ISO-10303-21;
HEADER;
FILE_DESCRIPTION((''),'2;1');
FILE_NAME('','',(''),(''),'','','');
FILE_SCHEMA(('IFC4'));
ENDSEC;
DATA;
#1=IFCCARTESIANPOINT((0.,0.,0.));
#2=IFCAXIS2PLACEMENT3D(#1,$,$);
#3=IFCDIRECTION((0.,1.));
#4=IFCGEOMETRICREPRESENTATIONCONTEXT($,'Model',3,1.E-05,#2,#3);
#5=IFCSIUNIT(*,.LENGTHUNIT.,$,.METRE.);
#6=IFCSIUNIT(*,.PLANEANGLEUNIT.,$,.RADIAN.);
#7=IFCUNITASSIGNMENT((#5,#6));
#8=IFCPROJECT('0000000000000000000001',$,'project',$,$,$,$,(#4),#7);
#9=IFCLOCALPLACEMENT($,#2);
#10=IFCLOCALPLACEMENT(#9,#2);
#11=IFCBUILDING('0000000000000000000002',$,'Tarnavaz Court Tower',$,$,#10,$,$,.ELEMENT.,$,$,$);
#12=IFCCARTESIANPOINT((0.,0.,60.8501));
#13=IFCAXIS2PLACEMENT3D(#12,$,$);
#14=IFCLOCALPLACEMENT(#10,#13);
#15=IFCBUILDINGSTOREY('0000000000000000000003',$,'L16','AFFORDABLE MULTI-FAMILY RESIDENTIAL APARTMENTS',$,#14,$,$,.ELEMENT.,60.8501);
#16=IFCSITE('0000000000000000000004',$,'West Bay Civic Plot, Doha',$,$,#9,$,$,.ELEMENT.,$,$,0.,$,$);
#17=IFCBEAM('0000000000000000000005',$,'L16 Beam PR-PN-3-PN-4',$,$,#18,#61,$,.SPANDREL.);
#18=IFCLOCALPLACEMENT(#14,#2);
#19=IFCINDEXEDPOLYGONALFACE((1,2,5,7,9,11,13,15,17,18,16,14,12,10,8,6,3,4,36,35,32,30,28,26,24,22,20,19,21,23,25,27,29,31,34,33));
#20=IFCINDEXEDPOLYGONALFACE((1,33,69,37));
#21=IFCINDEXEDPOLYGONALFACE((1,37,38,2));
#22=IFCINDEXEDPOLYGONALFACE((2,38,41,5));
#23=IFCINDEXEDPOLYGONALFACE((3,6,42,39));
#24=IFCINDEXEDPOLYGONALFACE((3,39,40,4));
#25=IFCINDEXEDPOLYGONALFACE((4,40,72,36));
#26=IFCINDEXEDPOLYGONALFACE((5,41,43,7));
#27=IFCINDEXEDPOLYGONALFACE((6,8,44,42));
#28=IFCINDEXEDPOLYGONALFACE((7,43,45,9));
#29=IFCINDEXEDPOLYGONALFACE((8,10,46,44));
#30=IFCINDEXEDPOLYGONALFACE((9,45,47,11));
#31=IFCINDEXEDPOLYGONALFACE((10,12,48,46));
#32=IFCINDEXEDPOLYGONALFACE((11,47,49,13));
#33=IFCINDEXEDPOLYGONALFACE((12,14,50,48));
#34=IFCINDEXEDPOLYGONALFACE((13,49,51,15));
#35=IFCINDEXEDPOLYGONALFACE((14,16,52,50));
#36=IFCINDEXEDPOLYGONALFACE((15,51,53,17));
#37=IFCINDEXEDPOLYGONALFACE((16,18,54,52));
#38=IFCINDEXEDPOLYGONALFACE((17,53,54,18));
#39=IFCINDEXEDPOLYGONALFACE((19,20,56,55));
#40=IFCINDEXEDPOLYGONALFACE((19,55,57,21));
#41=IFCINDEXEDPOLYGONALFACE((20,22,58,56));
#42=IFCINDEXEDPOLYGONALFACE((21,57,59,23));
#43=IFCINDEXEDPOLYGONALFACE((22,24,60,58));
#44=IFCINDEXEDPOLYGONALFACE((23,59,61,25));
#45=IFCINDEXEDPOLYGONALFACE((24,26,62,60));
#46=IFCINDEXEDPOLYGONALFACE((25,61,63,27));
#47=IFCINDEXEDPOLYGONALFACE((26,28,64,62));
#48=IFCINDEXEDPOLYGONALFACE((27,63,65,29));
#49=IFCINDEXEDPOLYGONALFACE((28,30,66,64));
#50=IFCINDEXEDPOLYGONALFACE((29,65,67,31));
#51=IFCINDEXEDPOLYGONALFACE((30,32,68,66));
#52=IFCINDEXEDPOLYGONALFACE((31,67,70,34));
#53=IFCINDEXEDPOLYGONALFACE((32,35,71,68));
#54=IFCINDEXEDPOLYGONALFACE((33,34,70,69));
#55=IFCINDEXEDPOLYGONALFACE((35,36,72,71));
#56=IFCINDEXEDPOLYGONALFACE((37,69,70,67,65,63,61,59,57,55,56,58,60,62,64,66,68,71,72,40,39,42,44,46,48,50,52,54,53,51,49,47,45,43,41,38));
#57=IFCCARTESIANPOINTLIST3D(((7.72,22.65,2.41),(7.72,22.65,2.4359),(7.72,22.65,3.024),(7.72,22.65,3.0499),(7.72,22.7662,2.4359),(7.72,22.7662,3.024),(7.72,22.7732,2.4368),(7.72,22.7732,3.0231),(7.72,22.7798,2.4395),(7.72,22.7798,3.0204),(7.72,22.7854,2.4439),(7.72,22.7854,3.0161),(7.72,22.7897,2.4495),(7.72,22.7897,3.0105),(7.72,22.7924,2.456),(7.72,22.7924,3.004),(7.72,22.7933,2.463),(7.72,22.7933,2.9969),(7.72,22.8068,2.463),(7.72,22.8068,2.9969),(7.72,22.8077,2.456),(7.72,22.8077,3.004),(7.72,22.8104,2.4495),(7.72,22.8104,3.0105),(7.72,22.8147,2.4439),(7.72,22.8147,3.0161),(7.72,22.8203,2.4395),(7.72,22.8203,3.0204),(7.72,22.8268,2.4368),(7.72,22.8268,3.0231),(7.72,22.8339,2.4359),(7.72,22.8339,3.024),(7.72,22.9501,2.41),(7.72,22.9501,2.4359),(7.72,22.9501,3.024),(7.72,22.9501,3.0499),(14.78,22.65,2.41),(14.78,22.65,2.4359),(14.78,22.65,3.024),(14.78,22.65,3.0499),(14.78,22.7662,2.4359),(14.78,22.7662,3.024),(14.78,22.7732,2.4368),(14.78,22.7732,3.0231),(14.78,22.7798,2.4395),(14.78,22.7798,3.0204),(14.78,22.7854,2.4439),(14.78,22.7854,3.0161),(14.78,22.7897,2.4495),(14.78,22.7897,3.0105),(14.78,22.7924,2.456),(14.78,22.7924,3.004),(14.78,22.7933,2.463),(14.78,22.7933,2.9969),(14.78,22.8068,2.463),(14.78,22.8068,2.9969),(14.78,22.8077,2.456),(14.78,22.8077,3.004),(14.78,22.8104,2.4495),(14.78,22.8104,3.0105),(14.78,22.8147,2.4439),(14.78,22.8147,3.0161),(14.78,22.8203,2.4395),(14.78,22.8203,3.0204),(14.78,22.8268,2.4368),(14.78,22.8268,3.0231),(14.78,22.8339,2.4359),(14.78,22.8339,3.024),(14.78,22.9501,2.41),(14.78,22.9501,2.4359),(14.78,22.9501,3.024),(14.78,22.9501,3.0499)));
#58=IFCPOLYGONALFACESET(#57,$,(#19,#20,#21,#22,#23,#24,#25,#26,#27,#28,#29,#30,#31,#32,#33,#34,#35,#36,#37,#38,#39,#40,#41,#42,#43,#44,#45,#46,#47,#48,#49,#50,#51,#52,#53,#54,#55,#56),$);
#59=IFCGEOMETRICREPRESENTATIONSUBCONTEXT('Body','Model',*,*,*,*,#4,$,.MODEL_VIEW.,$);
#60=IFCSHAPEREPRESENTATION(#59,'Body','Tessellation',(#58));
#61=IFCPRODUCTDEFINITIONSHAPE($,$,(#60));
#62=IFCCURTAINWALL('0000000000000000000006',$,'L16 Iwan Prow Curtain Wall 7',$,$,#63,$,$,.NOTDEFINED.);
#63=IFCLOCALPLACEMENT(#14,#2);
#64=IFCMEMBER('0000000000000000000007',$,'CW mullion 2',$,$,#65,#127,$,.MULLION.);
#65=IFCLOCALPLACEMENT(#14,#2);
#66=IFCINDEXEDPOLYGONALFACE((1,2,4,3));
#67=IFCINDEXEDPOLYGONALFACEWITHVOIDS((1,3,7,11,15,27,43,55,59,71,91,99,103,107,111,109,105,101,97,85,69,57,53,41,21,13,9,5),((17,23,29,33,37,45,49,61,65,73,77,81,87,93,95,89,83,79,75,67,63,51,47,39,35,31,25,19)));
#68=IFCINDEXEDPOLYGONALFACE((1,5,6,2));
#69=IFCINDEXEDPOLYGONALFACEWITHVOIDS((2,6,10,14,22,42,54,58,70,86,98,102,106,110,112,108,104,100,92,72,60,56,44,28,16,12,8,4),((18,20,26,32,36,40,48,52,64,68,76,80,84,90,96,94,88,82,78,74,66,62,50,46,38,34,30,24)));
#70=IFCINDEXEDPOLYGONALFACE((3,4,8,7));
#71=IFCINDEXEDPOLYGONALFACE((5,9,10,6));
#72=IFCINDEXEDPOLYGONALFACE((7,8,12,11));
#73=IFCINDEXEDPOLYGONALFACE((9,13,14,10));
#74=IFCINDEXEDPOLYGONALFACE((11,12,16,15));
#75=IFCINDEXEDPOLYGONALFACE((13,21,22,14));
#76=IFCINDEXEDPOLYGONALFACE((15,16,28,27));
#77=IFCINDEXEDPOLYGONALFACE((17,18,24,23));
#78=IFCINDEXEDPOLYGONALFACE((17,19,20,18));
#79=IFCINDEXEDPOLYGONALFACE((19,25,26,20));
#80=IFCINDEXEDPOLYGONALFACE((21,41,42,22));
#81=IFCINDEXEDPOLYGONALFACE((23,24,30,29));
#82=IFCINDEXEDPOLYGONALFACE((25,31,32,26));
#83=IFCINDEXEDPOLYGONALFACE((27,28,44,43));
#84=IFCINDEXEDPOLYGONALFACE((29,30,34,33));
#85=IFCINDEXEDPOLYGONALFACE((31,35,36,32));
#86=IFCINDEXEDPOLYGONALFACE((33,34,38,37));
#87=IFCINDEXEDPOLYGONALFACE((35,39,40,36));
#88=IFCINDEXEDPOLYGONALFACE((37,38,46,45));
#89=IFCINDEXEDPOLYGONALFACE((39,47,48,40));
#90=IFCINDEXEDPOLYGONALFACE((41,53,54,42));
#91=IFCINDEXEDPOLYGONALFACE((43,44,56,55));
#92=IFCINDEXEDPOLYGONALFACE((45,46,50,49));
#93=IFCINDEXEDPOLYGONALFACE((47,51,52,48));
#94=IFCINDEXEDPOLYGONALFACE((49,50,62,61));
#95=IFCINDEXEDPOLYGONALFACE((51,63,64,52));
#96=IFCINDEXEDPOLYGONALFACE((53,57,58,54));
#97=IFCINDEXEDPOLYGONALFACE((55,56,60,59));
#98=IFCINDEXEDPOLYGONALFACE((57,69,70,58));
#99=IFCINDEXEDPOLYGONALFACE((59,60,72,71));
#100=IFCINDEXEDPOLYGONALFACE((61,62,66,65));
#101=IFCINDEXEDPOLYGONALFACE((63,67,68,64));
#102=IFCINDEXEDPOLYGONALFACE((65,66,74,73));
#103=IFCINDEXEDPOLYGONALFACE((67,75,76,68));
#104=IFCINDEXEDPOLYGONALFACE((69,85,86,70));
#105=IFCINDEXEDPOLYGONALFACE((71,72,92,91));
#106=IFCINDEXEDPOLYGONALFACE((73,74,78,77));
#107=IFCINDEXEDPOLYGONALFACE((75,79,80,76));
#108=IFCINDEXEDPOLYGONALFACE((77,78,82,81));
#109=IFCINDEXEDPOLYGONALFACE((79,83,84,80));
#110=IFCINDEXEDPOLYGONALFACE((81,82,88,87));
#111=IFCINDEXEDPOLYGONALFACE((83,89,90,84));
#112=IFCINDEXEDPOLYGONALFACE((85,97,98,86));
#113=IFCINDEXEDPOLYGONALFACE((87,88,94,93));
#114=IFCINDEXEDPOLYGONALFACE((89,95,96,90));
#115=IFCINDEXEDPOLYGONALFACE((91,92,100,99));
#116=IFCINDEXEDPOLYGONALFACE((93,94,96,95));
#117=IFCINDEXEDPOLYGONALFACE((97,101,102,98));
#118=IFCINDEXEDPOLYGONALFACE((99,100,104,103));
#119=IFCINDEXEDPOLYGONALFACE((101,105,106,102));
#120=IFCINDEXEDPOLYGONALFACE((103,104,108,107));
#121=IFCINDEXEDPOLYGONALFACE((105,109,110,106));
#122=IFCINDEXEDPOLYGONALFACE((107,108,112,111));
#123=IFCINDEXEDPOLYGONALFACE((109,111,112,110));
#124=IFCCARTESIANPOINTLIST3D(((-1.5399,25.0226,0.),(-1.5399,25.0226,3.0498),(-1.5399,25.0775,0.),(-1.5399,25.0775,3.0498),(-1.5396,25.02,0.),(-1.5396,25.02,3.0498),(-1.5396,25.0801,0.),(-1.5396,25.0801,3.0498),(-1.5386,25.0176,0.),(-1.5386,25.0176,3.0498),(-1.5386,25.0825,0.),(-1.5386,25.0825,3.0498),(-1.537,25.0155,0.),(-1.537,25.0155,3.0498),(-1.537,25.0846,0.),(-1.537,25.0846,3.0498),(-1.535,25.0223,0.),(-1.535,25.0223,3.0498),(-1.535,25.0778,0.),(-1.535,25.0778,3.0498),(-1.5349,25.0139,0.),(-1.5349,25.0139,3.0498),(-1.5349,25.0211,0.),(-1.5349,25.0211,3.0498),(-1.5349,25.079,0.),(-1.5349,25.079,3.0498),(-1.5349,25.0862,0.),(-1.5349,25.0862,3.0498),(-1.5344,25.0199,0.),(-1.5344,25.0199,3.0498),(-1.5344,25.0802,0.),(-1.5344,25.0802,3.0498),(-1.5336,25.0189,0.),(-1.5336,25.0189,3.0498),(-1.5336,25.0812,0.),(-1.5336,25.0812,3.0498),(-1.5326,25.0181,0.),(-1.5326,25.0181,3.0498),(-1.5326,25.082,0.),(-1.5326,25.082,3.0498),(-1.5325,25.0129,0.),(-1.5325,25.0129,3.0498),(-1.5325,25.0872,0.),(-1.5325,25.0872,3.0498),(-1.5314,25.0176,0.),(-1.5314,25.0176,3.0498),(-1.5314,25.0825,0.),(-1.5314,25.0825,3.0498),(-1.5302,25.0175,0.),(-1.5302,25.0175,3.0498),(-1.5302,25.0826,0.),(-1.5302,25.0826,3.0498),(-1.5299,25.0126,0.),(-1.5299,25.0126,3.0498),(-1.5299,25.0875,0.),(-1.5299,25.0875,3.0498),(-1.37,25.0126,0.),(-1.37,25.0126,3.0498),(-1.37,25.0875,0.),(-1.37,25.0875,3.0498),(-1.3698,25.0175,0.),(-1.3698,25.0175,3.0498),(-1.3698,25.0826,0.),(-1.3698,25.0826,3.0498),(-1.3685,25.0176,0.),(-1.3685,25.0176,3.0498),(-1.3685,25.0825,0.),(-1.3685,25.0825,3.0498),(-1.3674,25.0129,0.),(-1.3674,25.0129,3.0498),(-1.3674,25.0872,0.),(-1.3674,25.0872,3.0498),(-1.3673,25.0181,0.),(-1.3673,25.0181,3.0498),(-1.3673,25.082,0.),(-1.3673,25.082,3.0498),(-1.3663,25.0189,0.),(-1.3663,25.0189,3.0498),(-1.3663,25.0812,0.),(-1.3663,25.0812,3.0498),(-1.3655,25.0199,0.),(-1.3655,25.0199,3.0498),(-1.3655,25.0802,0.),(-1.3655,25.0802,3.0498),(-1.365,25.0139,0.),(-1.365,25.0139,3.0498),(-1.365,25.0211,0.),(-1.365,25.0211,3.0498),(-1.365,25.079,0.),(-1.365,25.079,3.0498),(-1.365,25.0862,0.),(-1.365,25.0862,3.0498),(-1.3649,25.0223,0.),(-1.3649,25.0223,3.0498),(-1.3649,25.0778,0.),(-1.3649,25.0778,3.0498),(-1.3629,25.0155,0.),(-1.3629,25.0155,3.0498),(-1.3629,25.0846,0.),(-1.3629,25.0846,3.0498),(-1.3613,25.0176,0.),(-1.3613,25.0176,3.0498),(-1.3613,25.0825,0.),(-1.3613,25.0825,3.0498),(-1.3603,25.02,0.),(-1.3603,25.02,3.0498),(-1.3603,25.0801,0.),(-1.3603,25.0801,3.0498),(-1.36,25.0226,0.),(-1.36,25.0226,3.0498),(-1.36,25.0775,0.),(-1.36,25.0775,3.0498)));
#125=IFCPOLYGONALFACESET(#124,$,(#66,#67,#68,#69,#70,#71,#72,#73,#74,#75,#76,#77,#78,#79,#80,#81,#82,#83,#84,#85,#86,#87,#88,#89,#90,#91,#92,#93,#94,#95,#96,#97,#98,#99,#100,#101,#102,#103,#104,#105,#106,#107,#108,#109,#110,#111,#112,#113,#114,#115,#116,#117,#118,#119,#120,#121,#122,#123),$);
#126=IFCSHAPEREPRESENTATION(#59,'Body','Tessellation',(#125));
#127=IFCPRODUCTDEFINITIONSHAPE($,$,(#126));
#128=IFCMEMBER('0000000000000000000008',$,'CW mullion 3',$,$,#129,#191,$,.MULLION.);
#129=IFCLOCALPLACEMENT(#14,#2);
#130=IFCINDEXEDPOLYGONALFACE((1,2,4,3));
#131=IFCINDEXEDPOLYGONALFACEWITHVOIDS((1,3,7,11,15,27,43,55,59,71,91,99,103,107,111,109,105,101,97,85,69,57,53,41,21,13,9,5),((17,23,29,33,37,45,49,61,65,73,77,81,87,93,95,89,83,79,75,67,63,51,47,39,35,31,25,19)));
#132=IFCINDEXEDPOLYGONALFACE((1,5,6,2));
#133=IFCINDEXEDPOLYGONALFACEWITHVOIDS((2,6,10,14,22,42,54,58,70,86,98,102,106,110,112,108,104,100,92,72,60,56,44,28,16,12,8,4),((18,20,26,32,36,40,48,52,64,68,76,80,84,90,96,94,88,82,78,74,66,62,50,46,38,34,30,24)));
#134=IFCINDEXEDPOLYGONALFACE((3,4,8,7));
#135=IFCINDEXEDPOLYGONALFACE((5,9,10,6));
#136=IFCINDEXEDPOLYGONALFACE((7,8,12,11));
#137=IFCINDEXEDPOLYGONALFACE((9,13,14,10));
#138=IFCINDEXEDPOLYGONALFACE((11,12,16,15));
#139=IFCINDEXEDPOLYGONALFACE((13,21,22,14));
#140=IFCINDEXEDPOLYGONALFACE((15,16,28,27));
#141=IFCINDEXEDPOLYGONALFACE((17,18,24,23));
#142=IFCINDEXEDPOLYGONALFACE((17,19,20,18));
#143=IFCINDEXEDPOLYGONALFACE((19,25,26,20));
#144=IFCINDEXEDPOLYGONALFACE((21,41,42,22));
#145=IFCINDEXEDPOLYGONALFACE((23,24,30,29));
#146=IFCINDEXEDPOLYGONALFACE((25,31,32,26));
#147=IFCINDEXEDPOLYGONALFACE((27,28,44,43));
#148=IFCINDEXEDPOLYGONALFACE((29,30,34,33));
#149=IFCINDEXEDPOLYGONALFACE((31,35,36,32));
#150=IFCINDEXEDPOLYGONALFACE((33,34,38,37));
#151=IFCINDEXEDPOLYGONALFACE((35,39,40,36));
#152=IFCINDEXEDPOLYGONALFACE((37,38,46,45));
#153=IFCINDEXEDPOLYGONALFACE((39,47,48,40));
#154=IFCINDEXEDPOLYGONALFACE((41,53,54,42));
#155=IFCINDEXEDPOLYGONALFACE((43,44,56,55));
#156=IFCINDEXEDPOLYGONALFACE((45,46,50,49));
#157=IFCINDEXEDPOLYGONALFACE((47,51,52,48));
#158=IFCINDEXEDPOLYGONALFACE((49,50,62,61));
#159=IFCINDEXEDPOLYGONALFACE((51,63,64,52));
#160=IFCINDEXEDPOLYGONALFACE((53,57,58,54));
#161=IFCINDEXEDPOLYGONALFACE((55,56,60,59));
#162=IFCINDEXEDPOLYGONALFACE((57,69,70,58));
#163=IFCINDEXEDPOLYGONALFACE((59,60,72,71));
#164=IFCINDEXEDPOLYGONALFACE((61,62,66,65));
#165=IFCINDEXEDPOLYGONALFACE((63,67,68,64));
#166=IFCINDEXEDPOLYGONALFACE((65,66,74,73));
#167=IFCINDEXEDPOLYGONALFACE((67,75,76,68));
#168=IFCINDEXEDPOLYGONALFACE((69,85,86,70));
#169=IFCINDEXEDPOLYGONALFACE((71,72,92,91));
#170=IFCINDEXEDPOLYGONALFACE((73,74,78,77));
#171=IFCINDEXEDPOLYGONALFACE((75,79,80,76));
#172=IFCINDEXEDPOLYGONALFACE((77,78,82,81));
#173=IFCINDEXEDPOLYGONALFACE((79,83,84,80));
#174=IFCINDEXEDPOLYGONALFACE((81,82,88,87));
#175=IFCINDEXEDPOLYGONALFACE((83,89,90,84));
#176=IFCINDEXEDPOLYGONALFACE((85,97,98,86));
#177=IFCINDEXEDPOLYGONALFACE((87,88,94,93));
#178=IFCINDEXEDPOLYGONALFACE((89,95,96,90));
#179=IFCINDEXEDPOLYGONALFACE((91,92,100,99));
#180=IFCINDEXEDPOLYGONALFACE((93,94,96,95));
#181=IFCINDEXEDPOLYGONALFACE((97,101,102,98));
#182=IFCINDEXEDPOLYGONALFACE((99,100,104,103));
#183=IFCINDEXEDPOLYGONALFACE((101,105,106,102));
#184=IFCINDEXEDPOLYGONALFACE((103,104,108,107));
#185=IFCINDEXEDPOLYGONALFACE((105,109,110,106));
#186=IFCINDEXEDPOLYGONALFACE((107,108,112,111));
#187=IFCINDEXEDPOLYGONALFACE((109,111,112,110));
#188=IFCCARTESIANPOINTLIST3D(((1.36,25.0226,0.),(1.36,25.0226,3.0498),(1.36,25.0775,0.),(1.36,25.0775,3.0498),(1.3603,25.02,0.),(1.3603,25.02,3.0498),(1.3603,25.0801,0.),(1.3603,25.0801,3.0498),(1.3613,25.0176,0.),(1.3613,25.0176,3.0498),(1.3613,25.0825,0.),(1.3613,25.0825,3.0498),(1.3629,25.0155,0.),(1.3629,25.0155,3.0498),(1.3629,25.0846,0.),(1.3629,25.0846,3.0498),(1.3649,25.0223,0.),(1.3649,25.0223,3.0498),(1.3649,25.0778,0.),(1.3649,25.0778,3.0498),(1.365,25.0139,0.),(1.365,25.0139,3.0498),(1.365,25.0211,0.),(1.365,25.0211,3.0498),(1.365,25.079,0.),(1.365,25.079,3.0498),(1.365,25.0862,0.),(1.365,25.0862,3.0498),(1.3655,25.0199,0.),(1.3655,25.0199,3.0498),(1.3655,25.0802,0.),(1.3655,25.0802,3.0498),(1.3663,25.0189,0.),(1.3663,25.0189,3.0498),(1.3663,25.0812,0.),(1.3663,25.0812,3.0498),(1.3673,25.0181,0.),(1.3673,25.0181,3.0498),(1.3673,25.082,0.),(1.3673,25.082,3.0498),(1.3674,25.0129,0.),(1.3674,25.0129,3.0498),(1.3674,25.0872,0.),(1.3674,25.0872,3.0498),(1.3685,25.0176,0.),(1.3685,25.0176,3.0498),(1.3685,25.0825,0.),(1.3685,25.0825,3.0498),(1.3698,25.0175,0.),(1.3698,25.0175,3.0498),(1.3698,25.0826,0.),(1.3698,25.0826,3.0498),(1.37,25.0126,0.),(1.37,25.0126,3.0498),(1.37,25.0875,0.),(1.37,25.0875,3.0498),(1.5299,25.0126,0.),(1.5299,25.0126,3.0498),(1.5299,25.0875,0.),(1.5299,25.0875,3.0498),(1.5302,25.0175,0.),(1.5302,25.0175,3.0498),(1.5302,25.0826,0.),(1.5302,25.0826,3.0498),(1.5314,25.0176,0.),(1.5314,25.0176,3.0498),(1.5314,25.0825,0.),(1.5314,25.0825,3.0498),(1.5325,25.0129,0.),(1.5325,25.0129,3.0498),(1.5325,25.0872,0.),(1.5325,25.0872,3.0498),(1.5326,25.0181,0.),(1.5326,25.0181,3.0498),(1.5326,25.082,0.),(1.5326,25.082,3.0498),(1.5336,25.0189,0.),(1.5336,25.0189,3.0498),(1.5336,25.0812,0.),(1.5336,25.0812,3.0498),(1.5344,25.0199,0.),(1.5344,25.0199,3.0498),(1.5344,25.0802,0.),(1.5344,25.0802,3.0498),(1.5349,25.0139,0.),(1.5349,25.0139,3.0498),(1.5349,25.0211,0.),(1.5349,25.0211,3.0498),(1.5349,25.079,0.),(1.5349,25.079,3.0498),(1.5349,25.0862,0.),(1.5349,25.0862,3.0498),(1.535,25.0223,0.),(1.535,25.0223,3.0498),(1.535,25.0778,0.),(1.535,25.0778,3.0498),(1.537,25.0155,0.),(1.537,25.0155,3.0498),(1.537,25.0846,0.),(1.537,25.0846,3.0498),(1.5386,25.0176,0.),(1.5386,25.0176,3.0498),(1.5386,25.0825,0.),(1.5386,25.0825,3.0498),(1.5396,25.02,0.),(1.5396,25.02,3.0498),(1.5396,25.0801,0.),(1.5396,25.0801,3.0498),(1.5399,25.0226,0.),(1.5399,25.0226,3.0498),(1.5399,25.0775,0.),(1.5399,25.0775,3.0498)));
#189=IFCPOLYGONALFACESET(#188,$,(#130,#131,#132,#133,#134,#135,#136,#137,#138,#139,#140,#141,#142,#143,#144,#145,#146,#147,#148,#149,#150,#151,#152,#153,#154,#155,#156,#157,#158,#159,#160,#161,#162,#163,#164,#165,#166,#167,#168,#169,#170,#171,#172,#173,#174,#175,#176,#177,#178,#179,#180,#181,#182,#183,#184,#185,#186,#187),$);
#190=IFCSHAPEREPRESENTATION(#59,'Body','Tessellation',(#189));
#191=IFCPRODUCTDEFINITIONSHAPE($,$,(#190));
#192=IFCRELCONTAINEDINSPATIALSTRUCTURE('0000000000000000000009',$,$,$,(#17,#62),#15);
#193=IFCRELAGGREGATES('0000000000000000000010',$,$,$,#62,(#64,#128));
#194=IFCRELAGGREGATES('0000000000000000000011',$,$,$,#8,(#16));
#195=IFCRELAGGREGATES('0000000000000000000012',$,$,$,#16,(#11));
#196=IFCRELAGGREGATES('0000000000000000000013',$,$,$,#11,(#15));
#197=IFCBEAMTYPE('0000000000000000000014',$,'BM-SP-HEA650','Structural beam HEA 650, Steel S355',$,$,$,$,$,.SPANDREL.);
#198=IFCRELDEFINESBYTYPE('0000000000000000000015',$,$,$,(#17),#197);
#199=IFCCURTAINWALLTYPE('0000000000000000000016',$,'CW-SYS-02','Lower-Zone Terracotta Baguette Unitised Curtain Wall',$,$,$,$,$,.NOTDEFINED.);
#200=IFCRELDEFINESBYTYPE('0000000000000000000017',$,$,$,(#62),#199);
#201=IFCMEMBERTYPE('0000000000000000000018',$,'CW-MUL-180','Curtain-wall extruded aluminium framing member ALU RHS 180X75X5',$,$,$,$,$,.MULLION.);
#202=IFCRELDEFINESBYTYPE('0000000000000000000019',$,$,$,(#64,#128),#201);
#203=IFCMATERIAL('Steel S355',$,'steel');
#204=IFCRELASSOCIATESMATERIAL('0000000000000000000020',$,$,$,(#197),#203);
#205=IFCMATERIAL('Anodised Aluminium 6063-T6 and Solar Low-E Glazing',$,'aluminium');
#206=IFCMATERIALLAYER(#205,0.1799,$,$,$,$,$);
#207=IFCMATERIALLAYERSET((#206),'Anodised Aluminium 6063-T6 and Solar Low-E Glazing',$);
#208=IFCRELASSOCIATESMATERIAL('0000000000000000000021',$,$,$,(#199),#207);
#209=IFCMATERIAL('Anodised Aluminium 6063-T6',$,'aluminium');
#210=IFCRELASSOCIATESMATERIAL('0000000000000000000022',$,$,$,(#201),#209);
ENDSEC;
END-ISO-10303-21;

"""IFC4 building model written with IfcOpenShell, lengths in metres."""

from ifc_helpers import new_model, si_unit, direction, frame, origin, origin_2d, place, context, subcontext, project, spatial, hollow_rectangle, i_section, extrude, material, layer, layer_set, material_profile, profile_set, type_object, element, aggregate, save


model = new_model("IFC4")

# Units and contexts
model_context = context("Model", 3, precision=1e-05, world=origin(), true_north=direction((0.0, 1.0)))
body_context = subcontext(model_context, "Body", "Model", "MODEL_VIEW")
ifc_project = project(units=[si_unit("LENGTHUNIT", "METRE"), si_unit("PLANEANGLEUNIT", "RADIAN")], contexts=[model_context])

# Site, building, storey
site_placement = place(None, origin())
site = spatial("IfcSite", under=ifc_project, at=site_placement, Name="West Bay Civic Plot, Doha", CompositionType="ELEMENT", RefElevation=0.0)
building_placement = place(site_placement, origin())
building = spatial("IfcBuilding", under=site, at=building_placement, Name="Tarnavaz Court Tower", CompositionType="ELEMENT")
storey_placement = place(building_placement, frame((0.0, 0.0, 60.8501)))
storey = spatial("IfcBuildingStorey", under=building, at=storey_placement, Name="L16", Description="AFFORDABLE MULTI-FAMILY RESIDENTIAL APARTMENTS", CompositionType="ELEMENT", Elevation=60.8501)

# Beam
ifc_material_1 = material(Name="Steel S355", Category="steel")
ifc_material_profile_1 = material_profile(ifc_material_1, i_section(OverallWidth=0.3, OverallDepth=0.6399, WebThickness=0.0134, FlangeThickness=0.0259, FilletRadius=0.0271, at=origin_2d()), Name="HEA 650")
ifc_profile_set_1 = profile_set([ifc_material_profile_1], Name="Steel S355")
beam_type_1 = type_object("IfcBeamType", Name="BM-SP-HEA650", Description="Structural beam HEA 650, Steel S355", PredefinedType="SPANDREL", material=ifc_profile_set_1)
beam_placement = place(storey_placement, frame((7.72, 22.8, 2.73), z_axis=(1.0, 0.0, 0.0), x_axis=(0.0, 1.0, 0.0)))
element("IfcBeam", 1, at=beam_placement, inside=storey, type_object=beam_type_1, Name="L16 Beam PR-PN-3-PN-4", PredefinedType="SPANDREL", context=body_context, shape_type="SweptSolid", body=[
    extrude(i_section(OverallWidth=0.3, OverallDepth=0.6399, WebThickness=0.0134, FlangeThickness=0.0259, FilletRadius=0.0271, at=origin_2d()), origin(), (0.0, 0.0, 1.0), 7.0601),
])

# Curtain wall, members
ifc_material_2 = material(Name="Anodised Aluminium 6063-T6 and Solar Low-E Glazing", Category="aluminium")
ifc_layer_1 = layer(ifc_material_2, 0.1799)
ifc_layer_set_1 = layer_set([ifc_layer_1], Name="Anodised Aluminium 6063-T6 and Solar Low-E Glazing")
curtain_wall_type = type_object("IfcCurtainWallType", Name="CW-SYS-02", Description="Lower-Zone Terracotta Baguette Unitised Curtain Wall", PredefinedType="NOTDEFINED", material=ifc_layer_set_1)
curtain_wall_placement = place(storey_placement, origin())
curtain_wall = element("IfcCurtainWall", 2, at=curtain_wall_placement, inside=storey, type_object=curtain_wall_type, Name="L16 Iwan Prow Curtain Wall 7", PredefinedType="NOTDEFINED")
ifc_material_3 = material(Name="Anodised Aluminium 6063-T6", Category="aluminium")
ifc_material_profile_2 = material_profile(ifc_material_3, hollow_rectangle(XDim=0.075, YDim=0.1799, WallThickness=0.0049, InnerFilletRadius=0.0049, OuterFilletRadius=0.01, at=origin_2d()), Name="ALU RHS 180X75X5")
ifc_profile_set_2 = profile_set([ifc_material_profile_2], Name="Anodised Aluminium 6063-T6")
member_type_1 = type_object("IfcMemberType", Name="CW-MUL-180", Description="Curtain-wall extruded aluminium framing member ALU RHS 180X75X5", PredefinedType="MULLION", material=ifc_profile_set_2)
member_1_placement = place(storey_placement, frame((-1.45, 25.05, 0.0), z_axis=(0.0, 0.0, 1.0), x_axis=(0.0, 1.0, 0.0)))
member_1 = element("IfcMember", 3, at=member_1_placement, type_object=member_type_1, Name="CW mullion 2", PredefinedType="MULLION", context=body_context, shape_type="SweptSolid", body=[
    extrude(hollow_rectangle(XDim=0.075, YDim=0.1799, WallThickness=0.0049, InnerFilletRadius=0.0049, OuterFilletRadius=0.01, at=origin_2d()), origin(), (0.0, 0.0, 1.0), 3.0498),
])
member_2_placement = place(storey_placement, frame((1.45, 25.05, 0.0), z_axis=(0.0, 0.0, 1.0), x_axis=(0.0, 1.0, 0.0)))
member_2 = element("IfcMember", 4, at=member_2_placement, type_object=member_type_1, Name="CW mullion 3", PredefinedType="MULLION", context=body_context, shape_type="SweptSolid", body=[
    extrude(hollow_rectangle(XDim=0.075, YDim=0.1799, WallThickness=0.0049, InnerFilletRadius=0.0049, OuterFilletRadius=0.01, at=origin_2d()), origin(), (0.0, 0.0, 1.0), 3.0498),
])
aggregate(curtain_wall, [member_1, member_2])

save(model, "model.ifc")
